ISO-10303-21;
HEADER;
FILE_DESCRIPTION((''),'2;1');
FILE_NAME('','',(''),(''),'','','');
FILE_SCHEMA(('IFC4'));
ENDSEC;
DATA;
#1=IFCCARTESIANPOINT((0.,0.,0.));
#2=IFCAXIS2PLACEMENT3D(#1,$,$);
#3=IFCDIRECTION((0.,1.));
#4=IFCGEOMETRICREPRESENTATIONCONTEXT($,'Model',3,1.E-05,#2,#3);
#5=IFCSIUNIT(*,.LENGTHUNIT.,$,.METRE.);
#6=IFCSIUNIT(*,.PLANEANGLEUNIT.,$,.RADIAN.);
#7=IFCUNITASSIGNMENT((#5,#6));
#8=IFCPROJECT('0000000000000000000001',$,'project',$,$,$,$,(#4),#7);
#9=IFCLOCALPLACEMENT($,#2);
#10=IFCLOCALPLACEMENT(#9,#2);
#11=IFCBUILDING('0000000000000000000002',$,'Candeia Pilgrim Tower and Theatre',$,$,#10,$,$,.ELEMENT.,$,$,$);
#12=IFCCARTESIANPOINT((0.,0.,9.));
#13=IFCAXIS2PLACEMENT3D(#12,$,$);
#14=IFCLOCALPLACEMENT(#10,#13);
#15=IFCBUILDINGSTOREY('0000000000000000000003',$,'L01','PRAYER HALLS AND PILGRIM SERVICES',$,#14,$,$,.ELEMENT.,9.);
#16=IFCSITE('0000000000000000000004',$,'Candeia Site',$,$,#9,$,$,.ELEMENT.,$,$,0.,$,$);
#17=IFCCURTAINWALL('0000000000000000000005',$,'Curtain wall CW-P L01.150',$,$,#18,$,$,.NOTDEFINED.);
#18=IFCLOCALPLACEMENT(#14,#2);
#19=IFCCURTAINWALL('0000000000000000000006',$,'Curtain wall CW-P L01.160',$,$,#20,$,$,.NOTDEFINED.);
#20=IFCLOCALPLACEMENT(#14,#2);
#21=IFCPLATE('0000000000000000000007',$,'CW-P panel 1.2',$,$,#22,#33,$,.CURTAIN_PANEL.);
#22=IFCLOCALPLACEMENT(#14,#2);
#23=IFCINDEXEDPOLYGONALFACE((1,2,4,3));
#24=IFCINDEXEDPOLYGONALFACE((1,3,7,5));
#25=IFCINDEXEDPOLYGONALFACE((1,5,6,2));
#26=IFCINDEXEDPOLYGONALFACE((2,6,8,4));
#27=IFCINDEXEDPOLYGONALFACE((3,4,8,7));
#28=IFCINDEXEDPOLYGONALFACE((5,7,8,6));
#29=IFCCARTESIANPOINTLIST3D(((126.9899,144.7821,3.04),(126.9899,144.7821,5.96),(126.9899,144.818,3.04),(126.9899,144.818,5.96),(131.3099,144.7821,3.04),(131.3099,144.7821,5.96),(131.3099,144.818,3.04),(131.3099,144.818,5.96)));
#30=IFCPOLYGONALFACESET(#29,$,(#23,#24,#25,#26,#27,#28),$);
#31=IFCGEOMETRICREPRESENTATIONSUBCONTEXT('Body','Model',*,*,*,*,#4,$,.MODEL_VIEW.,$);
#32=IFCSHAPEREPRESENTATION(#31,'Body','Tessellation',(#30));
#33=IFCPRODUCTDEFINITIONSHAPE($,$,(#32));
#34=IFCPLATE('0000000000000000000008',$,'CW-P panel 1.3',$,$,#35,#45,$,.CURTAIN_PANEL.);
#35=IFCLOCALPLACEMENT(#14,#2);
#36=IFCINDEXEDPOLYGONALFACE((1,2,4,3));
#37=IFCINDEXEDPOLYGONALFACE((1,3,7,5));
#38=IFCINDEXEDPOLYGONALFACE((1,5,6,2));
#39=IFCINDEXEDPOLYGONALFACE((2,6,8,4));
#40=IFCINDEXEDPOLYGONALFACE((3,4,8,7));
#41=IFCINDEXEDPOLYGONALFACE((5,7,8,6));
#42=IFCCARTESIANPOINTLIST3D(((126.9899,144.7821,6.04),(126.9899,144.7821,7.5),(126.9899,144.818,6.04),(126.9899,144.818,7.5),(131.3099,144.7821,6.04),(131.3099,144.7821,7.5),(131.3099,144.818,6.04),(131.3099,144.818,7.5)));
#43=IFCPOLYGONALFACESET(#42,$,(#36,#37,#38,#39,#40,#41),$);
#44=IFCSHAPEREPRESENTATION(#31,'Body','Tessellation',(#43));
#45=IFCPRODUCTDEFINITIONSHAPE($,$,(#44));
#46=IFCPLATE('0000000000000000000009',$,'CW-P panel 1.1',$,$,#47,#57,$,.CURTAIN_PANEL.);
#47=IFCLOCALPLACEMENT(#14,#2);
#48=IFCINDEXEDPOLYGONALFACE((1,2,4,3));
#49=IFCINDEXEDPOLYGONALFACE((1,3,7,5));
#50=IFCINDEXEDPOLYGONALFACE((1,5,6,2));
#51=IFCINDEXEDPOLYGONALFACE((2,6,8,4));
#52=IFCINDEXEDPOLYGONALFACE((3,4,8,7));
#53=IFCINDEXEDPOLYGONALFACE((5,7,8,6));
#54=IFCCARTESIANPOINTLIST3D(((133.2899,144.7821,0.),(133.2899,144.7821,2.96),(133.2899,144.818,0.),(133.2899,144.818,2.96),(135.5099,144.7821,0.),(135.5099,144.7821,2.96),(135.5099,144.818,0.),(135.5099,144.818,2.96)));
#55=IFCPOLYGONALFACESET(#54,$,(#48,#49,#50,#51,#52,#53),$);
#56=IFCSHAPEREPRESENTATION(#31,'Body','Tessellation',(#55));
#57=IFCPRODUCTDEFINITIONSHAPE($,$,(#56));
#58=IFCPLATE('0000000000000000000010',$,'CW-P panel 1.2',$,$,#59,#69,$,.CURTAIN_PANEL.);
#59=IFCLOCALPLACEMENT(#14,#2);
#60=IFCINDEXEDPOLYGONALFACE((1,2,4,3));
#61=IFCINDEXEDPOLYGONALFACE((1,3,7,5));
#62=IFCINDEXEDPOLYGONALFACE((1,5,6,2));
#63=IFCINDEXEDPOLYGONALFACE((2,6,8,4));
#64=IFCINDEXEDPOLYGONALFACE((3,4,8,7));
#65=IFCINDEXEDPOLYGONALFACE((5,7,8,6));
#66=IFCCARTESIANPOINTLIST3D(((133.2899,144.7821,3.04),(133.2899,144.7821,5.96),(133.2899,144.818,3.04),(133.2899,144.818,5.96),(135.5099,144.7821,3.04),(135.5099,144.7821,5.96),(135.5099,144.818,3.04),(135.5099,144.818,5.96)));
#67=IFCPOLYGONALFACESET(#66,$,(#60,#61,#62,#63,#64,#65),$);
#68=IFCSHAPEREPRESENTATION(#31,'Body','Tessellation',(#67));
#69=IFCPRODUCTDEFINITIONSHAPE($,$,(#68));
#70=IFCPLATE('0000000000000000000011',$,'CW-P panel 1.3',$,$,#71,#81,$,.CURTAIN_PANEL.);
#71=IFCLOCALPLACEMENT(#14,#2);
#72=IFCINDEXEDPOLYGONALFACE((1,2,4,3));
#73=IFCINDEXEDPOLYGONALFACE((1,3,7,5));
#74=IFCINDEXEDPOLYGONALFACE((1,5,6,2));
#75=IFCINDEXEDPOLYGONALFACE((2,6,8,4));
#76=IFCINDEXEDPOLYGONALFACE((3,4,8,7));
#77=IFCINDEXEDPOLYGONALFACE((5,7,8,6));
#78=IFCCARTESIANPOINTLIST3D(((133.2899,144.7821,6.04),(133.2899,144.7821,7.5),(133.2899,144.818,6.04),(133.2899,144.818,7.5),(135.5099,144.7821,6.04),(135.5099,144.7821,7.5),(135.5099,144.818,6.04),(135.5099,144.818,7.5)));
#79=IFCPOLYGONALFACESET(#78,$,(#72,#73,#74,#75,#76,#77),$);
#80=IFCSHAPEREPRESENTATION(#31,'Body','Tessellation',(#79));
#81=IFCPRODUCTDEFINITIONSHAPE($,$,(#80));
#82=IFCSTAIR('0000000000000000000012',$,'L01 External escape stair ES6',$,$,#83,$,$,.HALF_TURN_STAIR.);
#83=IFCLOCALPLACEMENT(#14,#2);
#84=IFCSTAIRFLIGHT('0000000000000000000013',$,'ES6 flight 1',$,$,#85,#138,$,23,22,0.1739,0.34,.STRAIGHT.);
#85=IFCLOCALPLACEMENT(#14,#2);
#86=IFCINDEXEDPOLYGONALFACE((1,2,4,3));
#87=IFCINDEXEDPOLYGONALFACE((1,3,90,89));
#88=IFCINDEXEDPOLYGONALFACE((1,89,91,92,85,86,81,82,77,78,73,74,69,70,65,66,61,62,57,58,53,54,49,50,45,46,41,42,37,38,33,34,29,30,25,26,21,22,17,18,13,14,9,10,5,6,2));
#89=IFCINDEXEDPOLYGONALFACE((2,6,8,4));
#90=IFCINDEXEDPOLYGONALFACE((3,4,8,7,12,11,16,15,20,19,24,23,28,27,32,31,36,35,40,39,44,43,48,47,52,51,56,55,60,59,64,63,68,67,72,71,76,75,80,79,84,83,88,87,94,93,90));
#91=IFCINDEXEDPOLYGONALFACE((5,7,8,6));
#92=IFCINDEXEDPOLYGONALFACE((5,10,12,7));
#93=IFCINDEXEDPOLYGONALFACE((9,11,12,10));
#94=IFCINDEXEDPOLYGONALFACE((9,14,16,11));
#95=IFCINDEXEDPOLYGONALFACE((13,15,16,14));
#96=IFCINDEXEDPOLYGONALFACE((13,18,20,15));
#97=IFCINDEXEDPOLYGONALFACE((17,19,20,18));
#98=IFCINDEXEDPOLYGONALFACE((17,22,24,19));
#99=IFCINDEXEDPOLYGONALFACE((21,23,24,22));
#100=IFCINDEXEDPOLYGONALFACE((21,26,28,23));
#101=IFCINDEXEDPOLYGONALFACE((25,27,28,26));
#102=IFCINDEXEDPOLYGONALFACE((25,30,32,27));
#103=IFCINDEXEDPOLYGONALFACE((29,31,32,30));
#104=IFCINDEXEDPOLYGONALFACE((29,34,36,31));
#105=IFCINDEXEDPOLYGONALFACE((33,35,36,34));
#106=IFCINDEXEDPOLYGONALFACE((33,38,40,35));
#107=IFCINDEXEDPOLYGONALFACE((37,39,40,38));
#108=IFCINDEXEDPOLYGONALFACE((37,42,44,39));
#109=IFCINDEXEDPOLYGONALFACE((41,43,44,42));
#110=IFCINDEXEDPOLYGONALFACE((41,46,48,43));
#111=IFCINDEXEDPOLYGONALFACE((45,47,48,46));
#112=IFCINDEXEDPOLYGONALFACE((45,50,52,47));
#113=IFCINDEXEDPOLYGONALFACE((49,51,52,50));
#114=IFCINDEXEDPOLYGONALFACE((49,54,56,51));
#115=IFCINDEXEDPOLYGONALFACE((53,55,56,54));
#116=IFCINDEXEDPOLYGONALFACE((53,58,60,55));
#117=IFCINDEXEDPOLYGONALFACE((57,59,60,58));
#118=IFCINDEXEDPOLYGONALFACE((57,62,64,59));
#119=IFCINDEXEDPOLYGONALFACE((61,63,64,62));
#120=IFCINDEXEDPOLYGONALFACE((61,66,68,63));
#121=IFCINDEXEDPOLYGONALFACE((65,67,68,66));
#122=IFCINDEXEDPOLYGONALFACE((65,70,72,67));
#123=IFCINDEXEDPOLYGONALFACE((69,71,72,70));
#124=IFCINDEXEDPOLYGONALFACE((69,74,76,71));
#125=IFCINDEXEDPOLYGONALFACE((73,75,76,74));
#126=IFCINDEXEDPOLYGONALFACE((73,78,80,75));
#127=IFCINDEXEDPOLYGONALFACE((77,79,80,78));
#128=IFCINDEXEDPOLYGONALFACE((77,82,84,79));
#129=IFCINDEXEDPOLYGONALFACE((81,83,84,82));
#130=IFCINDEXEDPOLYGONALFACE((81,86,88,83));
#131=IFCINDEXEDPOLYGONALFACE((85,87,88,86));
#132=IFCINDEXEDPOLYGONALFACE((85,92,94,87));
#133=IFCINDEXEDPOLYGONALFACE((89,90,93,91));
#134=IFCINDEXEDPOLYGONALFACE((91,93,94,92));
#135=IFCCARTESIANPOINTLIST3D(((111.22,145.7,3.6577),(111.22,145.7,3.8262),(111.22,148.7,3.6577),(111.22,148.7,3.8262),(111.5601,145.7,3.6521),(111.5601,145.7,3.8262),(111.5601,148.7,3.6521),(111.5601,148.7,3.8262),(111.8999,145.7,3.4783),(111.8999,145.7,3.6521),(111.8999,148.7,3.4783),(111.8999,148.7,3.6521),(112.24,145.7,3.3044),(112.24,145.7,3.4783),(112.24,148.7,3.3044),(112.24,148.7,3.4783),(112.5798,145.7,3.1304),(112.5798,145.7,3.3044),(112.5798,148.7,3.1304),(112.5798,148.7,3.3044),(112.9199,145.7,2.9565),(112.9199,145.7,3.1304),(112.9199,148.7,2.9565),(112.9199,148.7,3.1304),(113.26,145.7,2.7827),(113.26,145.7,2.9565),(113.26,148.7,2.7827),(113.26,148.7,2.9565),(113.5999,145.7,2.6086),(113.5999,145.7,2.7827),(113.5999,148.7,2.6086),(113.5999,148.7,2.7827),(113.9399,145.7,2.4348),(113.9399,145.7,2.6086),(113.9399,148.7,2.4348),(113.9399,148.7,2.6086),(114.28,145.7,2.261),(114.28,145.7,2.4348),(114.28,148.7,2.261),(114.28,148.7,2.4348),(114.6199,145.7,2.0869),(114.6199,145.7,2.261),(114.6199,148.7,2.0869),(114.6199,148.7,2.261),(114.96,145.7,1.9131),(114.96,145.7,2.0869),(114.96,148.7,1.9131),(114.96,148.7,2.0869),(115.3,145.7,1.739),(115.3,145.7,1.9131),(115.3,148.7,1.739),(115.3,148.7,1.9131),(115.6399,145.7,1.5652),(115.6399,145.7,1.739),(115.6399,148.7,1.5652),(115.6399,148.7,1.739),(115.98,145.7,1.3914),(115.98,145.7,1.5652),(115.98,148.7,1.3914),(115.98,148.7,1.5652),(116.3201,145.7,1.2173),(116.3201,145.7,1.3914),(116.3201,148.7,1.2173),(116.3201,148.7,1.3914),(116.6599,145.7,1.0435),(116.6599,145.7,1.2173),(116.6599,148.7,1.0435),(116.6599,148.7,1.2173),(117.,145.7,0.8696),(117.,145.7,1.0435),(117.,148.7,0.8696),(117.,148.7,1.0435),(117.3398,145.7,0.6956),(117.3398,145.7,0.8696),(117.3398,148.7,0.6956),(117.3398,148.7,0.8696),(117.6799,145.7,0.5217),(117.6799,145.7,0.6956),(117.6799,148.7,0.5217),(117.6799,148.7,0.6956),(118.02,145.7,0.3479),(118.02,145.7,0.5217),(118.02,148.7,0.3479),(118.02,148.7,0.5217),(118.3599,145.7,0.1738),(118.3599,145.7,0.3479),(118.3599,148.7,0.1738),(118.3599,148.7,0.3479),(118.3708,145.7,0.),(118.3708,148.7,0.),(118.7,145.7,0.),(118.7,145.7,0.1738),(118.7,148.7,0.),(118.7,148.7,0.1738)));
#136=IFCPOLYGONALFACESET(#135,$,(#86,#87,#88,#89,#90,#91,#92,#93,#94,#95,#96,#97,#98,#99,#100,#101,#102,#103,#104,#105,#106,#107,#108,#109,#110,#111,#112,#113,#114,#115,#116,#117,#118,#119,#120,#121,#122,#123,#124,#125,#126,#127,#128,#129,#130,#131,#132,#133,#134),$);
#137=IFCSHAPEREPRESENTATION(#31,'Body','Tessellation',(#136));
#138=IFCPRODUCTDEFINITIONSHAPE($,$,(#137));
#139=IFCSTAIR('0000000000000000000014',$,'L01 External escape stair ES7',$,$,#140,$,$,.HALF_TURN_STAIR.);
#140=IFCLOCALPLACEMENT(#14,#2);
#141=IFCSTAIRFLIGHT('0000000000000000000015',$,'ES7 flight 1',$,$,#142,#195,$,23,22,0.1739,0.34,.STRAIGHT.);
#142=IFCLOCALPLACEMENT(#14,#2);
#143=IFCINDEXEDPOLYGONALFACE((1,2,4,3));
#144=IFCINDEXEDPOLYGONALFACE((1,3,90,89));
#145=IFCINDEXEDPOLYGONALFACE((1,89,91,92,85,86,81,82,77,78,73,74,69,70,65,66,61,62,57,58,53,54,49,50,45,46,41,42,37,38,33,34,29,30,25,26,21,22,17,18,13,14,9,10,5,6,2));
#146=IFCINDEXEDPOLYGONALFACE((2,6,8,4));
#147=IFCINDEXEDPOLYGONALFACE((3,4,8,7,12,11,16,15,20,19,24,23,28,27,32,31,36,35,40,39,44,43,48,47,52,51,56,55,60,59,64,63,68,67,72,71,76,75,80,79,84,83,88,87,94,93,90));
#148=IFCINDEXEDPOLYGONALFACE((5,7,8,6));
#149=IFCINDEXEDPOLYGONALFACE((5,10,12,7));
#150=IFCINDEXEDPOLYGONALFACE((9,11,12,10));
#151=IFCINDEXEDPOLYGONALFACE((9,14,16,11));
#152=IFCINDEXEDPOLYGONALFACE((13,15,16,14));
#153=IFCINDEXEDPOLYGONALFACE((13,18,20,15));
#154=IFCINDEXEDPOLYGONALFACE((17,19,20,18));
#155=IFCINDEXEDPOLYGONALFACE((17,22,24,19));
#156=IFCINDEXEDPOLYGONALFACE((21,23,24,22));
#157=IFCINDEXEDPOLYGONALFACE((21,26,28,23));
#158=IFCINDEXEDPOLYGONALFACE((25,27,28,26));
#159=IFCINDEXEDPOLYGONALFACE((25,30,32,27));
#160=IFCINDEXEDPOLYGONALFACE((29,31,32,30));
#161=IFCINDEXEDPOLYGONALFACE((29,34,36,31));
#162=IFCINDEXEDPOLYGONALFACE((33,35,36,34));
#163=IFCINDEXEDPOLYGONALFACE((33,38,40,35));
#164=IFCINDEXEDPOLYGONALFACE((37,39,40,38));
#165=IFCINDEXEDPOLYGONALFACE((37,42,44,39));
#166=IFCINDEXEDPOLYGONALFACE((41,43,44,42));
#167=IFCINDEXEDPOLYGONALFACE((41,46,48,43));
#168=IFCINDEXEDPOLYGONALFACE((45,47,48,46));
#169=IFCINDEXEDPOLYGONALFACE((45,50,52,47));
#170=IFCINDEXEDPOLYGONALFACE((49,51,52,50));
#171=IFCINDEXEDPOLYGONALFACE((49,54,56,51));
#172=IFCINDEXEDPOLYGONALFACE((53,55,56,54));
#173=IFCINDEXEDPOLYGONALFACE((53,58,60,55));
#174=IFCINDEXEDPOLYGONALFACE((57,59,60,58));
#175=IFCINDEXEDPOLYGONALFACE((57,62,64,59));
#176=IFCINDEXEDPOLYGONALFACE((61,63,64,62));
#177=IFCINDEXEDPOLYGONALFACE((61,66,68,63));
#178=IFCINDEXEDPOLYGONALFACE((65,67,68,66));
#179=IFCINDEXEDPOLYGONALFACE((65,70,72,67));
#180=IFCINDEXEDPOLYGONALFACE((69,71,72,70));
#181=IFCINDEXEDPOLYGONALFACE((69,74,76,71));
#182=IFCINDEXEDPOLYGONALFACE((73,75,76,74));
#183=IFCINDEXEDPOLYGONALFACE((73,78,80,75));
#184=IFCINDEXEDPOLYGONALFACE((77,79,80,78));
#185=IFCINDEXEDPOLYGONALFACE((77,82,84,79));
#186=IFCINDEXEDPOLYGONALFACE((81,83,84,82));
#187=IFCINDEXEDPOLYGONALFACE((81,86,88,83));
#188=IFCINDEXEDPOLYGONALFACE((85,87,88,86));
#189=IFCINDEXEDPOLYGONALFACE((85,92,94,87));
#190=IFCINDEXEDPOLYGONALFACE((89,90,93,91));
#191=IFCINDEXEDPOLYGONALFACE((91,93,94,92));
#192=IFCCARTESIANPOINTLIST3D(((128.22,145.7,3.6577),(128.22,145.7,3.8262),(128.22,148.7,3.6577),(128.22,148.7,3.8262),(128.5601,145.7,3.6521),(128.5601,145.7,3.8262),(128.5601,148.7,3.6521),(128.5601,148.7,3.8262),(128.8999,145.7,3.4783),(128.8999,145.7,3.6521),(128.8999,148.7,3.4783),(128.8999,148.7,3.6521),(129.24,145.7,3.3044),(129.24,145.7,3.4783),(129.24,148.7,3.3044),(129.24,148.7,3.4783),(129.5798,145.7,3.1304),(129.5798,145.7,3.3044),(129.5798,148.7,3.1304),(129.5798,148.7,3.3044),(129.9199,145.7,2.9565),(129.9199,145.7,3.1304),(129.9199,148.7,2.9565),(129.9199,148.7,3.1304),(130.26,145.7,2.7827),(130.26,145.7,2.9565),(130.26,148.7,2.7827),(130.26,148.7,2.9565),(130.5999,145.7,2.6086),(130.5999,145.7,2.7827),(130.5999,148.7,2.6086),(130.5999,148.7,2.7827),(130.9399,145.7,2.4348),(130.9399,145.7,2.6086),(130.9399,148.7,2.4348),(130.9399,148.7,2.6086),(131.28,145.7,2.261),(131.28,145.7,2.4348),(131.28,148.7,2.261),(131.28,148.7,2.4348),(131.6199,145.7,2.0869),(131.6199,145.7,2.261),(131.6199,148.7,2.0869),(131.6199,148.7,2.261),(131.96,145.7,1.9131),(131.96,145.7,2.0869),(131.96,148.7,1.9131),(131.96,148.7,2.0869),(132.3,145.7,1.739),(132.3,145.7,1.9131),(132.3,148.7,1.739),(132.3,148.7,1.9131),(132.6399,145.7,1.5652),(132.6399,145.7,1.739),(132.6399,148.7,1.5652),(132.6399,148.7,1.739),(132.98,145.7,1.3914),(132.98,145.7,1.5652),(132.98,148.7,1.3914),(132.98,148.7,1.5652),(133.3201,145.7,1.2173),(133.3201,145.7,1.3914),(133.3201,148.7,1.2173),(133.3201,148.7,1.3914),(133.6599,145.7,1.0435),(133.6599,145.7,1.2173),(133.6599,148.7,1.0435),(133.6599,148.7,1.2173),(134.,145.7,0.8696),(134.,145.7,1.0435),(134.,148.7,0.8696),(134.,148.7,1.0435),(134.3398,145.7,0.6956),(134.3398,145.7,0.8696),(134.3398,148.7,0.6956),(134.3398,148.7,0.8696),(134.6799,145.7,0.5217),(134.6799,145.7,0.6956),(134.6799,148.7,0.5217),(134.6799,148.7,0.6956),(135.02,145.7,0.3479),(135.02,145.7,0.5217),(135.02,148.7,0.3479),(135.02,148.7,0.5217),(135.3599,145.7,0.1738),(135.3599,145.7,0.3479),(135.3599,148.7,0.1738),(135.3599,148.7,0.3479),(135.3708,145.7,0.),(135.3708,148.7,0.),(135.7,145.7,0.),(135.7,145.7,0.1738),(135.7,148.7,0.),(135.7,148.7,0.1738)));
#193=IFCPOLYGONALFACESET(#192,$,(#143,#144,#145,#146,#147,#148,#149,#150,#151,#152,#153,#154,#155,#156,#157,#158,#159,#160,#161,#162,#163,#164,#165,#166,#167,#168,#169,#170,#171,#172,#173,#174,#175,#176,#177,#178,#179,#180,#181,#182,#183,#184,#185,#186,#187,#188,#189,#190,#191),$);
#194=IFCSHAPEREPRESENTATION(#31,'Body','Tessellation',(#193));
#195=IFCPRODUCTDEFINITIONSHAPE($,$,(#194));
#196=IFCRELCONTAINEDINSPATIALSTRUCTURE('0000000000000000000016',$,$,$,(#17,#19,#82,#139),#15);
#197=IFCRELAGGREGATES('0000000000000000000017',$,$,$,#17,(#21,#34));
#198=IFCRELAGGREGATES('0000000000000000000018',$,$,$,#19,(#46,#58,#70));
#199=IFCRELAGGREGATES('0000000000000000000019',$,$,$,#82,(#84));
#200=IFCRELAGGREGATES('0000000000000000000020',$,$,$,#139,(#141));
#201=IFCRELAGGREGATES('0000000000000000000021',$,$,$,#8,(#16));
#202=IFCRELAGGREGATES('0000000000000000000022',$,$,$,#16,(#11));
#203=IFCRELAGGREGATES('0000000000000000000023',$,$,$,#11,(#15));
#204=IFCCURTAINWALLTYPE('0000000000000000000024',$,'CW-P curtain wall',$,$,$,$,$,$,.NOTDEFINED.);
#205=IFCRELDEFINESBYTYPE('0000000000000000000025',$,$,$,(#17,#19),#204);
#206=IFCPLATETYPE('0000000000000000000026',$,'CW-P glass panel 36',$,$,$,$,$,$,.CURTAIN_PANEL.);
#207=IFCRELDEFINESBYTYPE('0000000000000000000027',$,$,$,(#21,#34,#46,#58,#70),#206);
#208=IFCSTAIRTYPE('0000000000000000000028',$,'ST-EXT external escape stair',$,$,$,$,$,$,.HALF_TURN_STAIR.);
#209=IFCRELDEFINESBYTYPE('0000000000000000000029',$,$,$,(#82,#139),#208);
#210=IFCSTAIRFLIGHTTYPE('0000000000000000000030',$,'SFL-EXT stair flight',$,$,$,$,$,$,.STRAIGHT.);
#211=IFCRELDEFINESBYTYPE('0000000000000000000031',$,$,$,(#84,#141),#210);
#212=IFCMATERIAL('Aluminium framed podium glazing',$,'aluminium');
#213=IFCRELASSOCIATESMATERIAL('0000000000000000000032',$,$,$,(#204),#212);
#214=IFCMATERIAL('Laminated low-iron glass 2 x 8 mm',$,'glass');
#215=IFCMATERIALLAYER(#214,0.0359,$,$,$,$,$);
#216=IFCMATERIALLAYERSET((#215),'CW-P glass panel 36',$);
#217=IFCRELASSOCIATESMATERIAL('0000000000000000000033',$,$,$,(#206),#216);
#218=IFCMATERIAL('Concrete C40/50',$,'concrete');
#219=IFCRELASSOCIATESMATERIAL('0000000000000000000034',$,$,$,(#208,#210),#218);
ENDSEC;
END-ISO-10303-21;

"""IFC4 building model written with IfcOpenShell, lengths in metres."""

from ifc_helpers import new_model, si_unit, direction, frame, origin, origin_2d, place, context, subcontext, project, spatial, polyline, rectangle, outline, extrude, material, layer, layer_set, type_object, element, aggregate, save


model = new_model("IFC4")

# Units and contexts
model_context = context("Model", 3, precision=1e-05, world=origin(), true_north=direction((0.0, 1.0)))
body_context = subcontext(model_context, "Body", "Model", "MODEL_VIEW")
ifc_project = project(units=[si_unit("LENGTHUNIT", "METRE"), si_unit("PLANEANGLEUNIT", "RADIAN")], contexts=[model_context])

# Site, building, storey
site_placement = place(None, origin())
site = spatial("IfcSite", under=ifc_project, at=site_placement, Name="Candeia Site", CompositionType="ELEMENT", RefElevation=0.0)
building_placement = place(site_placement, origin())
building = spatial("IfcBuilding", under=site, at=building_placement, Name="Candeia Pilgrim Tower and Theatre", CompositionType="ELEMENT")
storey_placement = place(building_placement, frame((0.0, 0.0, 9.0)))
storey = spatial("IfcBuildingStorey", under=building, at=storey_placement, Name="L01", Description="PRAYER HALLS AND PILGRIM SERVICES", CompositionType="ELEMENT", Elevation=9.0)

# Shared definitions
ifc_material_1 = material(Name="Concrete C40/50", Category="concrete")

# Curtain wall
ifc_material_2 = material(Name="Aluminium framed podium glazing", Category="aluminium")
curtain_wall_type = type_object("IfcCurtainWallType", Name="CW-P curtain wall", PredefinedType="NOTDEFINED", material=ifc_material_2)
curtain_wall_1_placement = place(storey_placement, origin())
curtain_wall_1 = element("IfcCurtainWall", 1, at=curtain_wall_1_placement, inside=storey, type_object=curtain_wall_type, Name="Curtain wall CW-P L01.150", PredefinedType="NOTDEFINED")

# Curtain wall
curtain_wall_2_placement = place(storey_placement, origin())
curtain_wall_2 = element("IfcCurtainWall", 2, at=curtain_wall_2_placement, inside=storey, type_object=curtain_wall_type, Name="Curtain wall CW-P L01.160", PredefinedType="NOTDEFINED")

# Plates
ifc_material_3 = material(Name="Laminated low-iron glass 2 x 8 mm", Category="glass")
ifc_layer_1 = layer(ifc_material_3, 0.0359)
ifc_layer_set_1 = layer_set([ifc_layer_1], Name="CW-P glass panel 36")
plate_type = type_object("IfcPlateType", Name="CW-P glass panel 36", PredefinedType="CURTAIN_PANEL", material=ifc_layer_set_1)
plate_1_placement = place(storey_placement, frame((129.1499, 144.8, 3.04), z_axis=(0.0, 0.0, 1.0), x_axis=(1.0, 0.0, 0.0)))
plate_1 = element("IfcPlate", 3, at=plate_1_placement, type_object=plate_type, Name="CW-P panel 1.2", PredefinedType="CURTAIN_PANEL", context=body_context, shape_type="SweptSolid", body=[
    extrude(rectangle(XDim=4.3201, YDim=0.0359, at=origin_2d()), origin(), (0.0, 0.0, 1.0), 2.9199),
])
plate_2_placement = place(storey_placement, frame((129.1499, 144.8, 6.04), z_axis=(0.0, 0.0, 1.0), x_axis=(1.0, 0.0, 0.0)))
plate_2 = element("IfcPlate", 4, at=plate_2_placement, type_object=plate_type, Name="CW-P panel 1.3", PredefinedType="CURTAIN_PANEL", context=body_context, shape_type="SweptSolid", body=[
    extrude(rectangle(XDim=4.3201, YDim=0.0359, at=origin_2d()), origin(), (0.0, 0.0, 1.0), 1.46),
])
aggregate(curtain_wall_1, [plate_1, plate_2])
plate_3_placement = place(storey_placement, frame((134.3999, 144.8, 0.0), z_axis=(0.0, 0.0, 1.0), x_axis=(1.0, 0.0, 0.0)))
plate_3 = element("IfcPlate", 5, at=plate_3_placement, type_object=plate_type, Name="CW-P panel 1.1", PredefinedType="CURTAIN_PANEL", context=body_context, shape_type="SweptSolid", body=[
    extrude(rectangle(XDim=2.22, YDim=0.0359, at=origin_2d()), origin(), (0.0, 0.0, 1.0), 2.96),
])
plate_4_placement = place(storey_placement, frame((134.3999, 144.8, 3.04), z_axis=(0.0, 0.0, 1.0), x_axis=(1.0, 0.0, 0.0)))
plate_4 = element("IfcPlate", 6, at=plate_4_placement, type_object=plate_type, Name="CW-P panel 1.2", PredefinedType="CURTAIN_PANEL", context=body_context, shape_type="SweptSolid", body=[
    extrude(rectangle(XDim=2.22, YDim=0.0359, at=origin_2d()), origin(), (0.0, 0.0, 1.0), 2.9199),
])
plate_5_placement = place(storey_placement, frame((134.3999, 144.8, 6.04), z_axis=(0.0, 0.0, 1.0), x_axis=(1.0, 0.0, 0.0)))
plate_5 = element("IfcPlate", 7, at=plate_5_placement, type_object=plate_type, Name="CW-P panel 1.3", PredefinedType="CURTAIN_PANEL", context=body_context, shape_type="SweptSolid", body=[
    extrude(rectangle(XDim=2.22, YDim=0.0359, at=origin_2d()), origin(), (0.0, 0.0, 1.0), 1.46),
])
aggregate(curtain_wall_2, [plate_3, plate_4, plate_5])

# Stair, stair flight
stair_type = type_object("IfcStairType", Name="ST-EXT external escape stair", PredefinedType="HALF_TURN_STAIR", material=ifc_material_1)
stair_1_placement = place(storey_placement, origin())
stair_1 = element("IfcStair", 8, at=stair_1_placement, inside=storey, type_object=stair_type, Name="L01 External escape stair ES6", PredefinedType="HALF_TURN_STAIR")
stair_flight_type = type_object("IfcStairFlightType", Name="SFL-EXT stair flight", PredefinedType="STRAIGHT", material=ifc_material_1)
stair_flight_1_placement = place(storey_placement, frame((118.7, 147.2, 0.0), z_axis=(0.0, 0.0, 1.0), x_axis=(-1.0, 0.0, 0.0)))
stair_flight_1 = element("IfcStairFlight", 9, at=stair_flight_1_placement, type_object=stair_flight_type, Name="ES6 flight 1", NumberOfRisers=23, NumberOfTreads=22, PredefinedType="STRAIGHT", RiserHeight=0.1739, TreadLength=0.34, context=body_context, shape_type="SweptSolid", body=[
    extrude(outline(polyline([(0.0, 0.0), (0.0, 0.1738), (0.3401, 0.1738), (0.3401, 0.3479), (0.6799, 0.3479), (0.6799, 0.5217), (1.02, 0.5217), (1.02, 0.6956), (1.3601, 0.6956), (1.3601, 0.8696), (1.7, 0.8696), (1.7, 1.0435), (2.04, 1.0435), (2.04, 1.2173), (2.3799, 1.2173), (2.3799, 1.3914), (2.72, 1.3914), (2.72, 1.5652), (3.0601, 1.5652), (3.0601, 1.739), (3.3999, 1.739), (3.3999, 1.9131), (3.74, 1.9131), (3.74, 2.0869), (4.0801, 2.0869), (4.0801, 2.261), (4.4199, 2.261), (4.4199, 2.4348), (4.76, 2.4348), (4.76, 2.6086), (5.1001, 2.6086), (5.1001, 2.7827), (5.4399, 2.7827), (5.4399, 2.9565), (5.78, 2.9565), (5.78, 3.1304), (6.1201, 3.1304), (6.1201, 3.3044), (6.46, 3.3044), (6.46, 3.4783), (6.8, 3.4783), (6.8, 3.6521), (7.1399, 3.6521), (7.1399, 3.8262), (7.48, 3.8262), (7.48, 4.0), (7.48, 3.6577), (0.3291, 0.0), (0.0, 0.0)])), frame((0.0, 1.5, 0.0), z_axis=(0.0, -1.0, 0.0), x_axis=(1.0, 0.0, 0.0)), (0.0, 0.0, 1.0), 3.0),
])
aggregate(stair_1, [stair_flight_1])

# Stair, stair flight
stair_2_placement = place(storey_placement, origin())
stair_2 = element("IfcStair", 10, at=stair_2_placement, inside=storey, type_object=stair_type, Name="L01 External escape stair ES7", PredefinedType="HALF_TURN_STAIR")
stair_flight_2_placement = place(storey_placement, frame((135.7, 147.2, 0.0), z_axis=(0.0, 0.0, 1.0), x_axis=(-1.0, 0.0, 0.0)))
stair_flight_2 = element("IfcStairFlight", 11, at=stair_flight_2_placement, type_object=stair_flight_type, Name="ES7 flight 1", NumberOfRisers=23, NumberOfTreads=22, PredefinedType="STRAIGHT", RiserHeight=0.1739, TreadLength=0.34, context=body_context, shape_type="SweptSolid", body=[
    extrude(outline(polyline([(0.0, 0.0), (0.0, 0.1738), (0.3401, 0.1738), (0.3401, 0.3479), (0.6799, 0.3479), (0.6799, 0.5217), (1.02, 0.5217), (1.02, 0.6956), (1.3601, 0.6956), (1.3601, 0.8696), (1.7, 0.8696), (1.7, 1.0435), (2.04, 1.0435), (2.04, 1.2173), (2.3799, 1.2173), (2.3799, 1.3914), (2.72, 1.3914), (2.72, 1.5652), (3.0601, 1.5652), (3.0601, 1.739), (3.3999, 1.739), (3.3999, 1.9131), (3.74, 1.9131), (3.74, 2.0869), (4.0801, 2.0869), (4.0801, 2.261), (4.4199, 2.261), (4.4199, 2.4348), (4.76, 2.4348), (4.76, 2.6086), (5.1001, 2.6086), (5.1001, 2.7827), (5.4399, 2.7827), (5.4399, 2.9565), (5.78, 2.9565), (5.78, 3.1304), (6.1201, 3.1304), (6.1201, 3.3044), (6.46, 3.3044), (6.46, 3.4783), (6.8, 3.4783), (6.8, 3.6521), (7.1399, 3.6521), (7.1399, 3.8262), (7.48, 3.8262), (7.48, 4.0), (7.48, 3.6577), (0.3291, 0.0), (0.0, 0.0)])), frame((0.0, 1.5, 0.0), z_axis=(0.0, -1.0, 0.0), x_axis=(1.0, 0.0, 0.0)), (0.0, 0.0, 1.0), 3.0),
])
aggregate(stair_2, [stair_flight_2])

save(model, "model.ifc")
